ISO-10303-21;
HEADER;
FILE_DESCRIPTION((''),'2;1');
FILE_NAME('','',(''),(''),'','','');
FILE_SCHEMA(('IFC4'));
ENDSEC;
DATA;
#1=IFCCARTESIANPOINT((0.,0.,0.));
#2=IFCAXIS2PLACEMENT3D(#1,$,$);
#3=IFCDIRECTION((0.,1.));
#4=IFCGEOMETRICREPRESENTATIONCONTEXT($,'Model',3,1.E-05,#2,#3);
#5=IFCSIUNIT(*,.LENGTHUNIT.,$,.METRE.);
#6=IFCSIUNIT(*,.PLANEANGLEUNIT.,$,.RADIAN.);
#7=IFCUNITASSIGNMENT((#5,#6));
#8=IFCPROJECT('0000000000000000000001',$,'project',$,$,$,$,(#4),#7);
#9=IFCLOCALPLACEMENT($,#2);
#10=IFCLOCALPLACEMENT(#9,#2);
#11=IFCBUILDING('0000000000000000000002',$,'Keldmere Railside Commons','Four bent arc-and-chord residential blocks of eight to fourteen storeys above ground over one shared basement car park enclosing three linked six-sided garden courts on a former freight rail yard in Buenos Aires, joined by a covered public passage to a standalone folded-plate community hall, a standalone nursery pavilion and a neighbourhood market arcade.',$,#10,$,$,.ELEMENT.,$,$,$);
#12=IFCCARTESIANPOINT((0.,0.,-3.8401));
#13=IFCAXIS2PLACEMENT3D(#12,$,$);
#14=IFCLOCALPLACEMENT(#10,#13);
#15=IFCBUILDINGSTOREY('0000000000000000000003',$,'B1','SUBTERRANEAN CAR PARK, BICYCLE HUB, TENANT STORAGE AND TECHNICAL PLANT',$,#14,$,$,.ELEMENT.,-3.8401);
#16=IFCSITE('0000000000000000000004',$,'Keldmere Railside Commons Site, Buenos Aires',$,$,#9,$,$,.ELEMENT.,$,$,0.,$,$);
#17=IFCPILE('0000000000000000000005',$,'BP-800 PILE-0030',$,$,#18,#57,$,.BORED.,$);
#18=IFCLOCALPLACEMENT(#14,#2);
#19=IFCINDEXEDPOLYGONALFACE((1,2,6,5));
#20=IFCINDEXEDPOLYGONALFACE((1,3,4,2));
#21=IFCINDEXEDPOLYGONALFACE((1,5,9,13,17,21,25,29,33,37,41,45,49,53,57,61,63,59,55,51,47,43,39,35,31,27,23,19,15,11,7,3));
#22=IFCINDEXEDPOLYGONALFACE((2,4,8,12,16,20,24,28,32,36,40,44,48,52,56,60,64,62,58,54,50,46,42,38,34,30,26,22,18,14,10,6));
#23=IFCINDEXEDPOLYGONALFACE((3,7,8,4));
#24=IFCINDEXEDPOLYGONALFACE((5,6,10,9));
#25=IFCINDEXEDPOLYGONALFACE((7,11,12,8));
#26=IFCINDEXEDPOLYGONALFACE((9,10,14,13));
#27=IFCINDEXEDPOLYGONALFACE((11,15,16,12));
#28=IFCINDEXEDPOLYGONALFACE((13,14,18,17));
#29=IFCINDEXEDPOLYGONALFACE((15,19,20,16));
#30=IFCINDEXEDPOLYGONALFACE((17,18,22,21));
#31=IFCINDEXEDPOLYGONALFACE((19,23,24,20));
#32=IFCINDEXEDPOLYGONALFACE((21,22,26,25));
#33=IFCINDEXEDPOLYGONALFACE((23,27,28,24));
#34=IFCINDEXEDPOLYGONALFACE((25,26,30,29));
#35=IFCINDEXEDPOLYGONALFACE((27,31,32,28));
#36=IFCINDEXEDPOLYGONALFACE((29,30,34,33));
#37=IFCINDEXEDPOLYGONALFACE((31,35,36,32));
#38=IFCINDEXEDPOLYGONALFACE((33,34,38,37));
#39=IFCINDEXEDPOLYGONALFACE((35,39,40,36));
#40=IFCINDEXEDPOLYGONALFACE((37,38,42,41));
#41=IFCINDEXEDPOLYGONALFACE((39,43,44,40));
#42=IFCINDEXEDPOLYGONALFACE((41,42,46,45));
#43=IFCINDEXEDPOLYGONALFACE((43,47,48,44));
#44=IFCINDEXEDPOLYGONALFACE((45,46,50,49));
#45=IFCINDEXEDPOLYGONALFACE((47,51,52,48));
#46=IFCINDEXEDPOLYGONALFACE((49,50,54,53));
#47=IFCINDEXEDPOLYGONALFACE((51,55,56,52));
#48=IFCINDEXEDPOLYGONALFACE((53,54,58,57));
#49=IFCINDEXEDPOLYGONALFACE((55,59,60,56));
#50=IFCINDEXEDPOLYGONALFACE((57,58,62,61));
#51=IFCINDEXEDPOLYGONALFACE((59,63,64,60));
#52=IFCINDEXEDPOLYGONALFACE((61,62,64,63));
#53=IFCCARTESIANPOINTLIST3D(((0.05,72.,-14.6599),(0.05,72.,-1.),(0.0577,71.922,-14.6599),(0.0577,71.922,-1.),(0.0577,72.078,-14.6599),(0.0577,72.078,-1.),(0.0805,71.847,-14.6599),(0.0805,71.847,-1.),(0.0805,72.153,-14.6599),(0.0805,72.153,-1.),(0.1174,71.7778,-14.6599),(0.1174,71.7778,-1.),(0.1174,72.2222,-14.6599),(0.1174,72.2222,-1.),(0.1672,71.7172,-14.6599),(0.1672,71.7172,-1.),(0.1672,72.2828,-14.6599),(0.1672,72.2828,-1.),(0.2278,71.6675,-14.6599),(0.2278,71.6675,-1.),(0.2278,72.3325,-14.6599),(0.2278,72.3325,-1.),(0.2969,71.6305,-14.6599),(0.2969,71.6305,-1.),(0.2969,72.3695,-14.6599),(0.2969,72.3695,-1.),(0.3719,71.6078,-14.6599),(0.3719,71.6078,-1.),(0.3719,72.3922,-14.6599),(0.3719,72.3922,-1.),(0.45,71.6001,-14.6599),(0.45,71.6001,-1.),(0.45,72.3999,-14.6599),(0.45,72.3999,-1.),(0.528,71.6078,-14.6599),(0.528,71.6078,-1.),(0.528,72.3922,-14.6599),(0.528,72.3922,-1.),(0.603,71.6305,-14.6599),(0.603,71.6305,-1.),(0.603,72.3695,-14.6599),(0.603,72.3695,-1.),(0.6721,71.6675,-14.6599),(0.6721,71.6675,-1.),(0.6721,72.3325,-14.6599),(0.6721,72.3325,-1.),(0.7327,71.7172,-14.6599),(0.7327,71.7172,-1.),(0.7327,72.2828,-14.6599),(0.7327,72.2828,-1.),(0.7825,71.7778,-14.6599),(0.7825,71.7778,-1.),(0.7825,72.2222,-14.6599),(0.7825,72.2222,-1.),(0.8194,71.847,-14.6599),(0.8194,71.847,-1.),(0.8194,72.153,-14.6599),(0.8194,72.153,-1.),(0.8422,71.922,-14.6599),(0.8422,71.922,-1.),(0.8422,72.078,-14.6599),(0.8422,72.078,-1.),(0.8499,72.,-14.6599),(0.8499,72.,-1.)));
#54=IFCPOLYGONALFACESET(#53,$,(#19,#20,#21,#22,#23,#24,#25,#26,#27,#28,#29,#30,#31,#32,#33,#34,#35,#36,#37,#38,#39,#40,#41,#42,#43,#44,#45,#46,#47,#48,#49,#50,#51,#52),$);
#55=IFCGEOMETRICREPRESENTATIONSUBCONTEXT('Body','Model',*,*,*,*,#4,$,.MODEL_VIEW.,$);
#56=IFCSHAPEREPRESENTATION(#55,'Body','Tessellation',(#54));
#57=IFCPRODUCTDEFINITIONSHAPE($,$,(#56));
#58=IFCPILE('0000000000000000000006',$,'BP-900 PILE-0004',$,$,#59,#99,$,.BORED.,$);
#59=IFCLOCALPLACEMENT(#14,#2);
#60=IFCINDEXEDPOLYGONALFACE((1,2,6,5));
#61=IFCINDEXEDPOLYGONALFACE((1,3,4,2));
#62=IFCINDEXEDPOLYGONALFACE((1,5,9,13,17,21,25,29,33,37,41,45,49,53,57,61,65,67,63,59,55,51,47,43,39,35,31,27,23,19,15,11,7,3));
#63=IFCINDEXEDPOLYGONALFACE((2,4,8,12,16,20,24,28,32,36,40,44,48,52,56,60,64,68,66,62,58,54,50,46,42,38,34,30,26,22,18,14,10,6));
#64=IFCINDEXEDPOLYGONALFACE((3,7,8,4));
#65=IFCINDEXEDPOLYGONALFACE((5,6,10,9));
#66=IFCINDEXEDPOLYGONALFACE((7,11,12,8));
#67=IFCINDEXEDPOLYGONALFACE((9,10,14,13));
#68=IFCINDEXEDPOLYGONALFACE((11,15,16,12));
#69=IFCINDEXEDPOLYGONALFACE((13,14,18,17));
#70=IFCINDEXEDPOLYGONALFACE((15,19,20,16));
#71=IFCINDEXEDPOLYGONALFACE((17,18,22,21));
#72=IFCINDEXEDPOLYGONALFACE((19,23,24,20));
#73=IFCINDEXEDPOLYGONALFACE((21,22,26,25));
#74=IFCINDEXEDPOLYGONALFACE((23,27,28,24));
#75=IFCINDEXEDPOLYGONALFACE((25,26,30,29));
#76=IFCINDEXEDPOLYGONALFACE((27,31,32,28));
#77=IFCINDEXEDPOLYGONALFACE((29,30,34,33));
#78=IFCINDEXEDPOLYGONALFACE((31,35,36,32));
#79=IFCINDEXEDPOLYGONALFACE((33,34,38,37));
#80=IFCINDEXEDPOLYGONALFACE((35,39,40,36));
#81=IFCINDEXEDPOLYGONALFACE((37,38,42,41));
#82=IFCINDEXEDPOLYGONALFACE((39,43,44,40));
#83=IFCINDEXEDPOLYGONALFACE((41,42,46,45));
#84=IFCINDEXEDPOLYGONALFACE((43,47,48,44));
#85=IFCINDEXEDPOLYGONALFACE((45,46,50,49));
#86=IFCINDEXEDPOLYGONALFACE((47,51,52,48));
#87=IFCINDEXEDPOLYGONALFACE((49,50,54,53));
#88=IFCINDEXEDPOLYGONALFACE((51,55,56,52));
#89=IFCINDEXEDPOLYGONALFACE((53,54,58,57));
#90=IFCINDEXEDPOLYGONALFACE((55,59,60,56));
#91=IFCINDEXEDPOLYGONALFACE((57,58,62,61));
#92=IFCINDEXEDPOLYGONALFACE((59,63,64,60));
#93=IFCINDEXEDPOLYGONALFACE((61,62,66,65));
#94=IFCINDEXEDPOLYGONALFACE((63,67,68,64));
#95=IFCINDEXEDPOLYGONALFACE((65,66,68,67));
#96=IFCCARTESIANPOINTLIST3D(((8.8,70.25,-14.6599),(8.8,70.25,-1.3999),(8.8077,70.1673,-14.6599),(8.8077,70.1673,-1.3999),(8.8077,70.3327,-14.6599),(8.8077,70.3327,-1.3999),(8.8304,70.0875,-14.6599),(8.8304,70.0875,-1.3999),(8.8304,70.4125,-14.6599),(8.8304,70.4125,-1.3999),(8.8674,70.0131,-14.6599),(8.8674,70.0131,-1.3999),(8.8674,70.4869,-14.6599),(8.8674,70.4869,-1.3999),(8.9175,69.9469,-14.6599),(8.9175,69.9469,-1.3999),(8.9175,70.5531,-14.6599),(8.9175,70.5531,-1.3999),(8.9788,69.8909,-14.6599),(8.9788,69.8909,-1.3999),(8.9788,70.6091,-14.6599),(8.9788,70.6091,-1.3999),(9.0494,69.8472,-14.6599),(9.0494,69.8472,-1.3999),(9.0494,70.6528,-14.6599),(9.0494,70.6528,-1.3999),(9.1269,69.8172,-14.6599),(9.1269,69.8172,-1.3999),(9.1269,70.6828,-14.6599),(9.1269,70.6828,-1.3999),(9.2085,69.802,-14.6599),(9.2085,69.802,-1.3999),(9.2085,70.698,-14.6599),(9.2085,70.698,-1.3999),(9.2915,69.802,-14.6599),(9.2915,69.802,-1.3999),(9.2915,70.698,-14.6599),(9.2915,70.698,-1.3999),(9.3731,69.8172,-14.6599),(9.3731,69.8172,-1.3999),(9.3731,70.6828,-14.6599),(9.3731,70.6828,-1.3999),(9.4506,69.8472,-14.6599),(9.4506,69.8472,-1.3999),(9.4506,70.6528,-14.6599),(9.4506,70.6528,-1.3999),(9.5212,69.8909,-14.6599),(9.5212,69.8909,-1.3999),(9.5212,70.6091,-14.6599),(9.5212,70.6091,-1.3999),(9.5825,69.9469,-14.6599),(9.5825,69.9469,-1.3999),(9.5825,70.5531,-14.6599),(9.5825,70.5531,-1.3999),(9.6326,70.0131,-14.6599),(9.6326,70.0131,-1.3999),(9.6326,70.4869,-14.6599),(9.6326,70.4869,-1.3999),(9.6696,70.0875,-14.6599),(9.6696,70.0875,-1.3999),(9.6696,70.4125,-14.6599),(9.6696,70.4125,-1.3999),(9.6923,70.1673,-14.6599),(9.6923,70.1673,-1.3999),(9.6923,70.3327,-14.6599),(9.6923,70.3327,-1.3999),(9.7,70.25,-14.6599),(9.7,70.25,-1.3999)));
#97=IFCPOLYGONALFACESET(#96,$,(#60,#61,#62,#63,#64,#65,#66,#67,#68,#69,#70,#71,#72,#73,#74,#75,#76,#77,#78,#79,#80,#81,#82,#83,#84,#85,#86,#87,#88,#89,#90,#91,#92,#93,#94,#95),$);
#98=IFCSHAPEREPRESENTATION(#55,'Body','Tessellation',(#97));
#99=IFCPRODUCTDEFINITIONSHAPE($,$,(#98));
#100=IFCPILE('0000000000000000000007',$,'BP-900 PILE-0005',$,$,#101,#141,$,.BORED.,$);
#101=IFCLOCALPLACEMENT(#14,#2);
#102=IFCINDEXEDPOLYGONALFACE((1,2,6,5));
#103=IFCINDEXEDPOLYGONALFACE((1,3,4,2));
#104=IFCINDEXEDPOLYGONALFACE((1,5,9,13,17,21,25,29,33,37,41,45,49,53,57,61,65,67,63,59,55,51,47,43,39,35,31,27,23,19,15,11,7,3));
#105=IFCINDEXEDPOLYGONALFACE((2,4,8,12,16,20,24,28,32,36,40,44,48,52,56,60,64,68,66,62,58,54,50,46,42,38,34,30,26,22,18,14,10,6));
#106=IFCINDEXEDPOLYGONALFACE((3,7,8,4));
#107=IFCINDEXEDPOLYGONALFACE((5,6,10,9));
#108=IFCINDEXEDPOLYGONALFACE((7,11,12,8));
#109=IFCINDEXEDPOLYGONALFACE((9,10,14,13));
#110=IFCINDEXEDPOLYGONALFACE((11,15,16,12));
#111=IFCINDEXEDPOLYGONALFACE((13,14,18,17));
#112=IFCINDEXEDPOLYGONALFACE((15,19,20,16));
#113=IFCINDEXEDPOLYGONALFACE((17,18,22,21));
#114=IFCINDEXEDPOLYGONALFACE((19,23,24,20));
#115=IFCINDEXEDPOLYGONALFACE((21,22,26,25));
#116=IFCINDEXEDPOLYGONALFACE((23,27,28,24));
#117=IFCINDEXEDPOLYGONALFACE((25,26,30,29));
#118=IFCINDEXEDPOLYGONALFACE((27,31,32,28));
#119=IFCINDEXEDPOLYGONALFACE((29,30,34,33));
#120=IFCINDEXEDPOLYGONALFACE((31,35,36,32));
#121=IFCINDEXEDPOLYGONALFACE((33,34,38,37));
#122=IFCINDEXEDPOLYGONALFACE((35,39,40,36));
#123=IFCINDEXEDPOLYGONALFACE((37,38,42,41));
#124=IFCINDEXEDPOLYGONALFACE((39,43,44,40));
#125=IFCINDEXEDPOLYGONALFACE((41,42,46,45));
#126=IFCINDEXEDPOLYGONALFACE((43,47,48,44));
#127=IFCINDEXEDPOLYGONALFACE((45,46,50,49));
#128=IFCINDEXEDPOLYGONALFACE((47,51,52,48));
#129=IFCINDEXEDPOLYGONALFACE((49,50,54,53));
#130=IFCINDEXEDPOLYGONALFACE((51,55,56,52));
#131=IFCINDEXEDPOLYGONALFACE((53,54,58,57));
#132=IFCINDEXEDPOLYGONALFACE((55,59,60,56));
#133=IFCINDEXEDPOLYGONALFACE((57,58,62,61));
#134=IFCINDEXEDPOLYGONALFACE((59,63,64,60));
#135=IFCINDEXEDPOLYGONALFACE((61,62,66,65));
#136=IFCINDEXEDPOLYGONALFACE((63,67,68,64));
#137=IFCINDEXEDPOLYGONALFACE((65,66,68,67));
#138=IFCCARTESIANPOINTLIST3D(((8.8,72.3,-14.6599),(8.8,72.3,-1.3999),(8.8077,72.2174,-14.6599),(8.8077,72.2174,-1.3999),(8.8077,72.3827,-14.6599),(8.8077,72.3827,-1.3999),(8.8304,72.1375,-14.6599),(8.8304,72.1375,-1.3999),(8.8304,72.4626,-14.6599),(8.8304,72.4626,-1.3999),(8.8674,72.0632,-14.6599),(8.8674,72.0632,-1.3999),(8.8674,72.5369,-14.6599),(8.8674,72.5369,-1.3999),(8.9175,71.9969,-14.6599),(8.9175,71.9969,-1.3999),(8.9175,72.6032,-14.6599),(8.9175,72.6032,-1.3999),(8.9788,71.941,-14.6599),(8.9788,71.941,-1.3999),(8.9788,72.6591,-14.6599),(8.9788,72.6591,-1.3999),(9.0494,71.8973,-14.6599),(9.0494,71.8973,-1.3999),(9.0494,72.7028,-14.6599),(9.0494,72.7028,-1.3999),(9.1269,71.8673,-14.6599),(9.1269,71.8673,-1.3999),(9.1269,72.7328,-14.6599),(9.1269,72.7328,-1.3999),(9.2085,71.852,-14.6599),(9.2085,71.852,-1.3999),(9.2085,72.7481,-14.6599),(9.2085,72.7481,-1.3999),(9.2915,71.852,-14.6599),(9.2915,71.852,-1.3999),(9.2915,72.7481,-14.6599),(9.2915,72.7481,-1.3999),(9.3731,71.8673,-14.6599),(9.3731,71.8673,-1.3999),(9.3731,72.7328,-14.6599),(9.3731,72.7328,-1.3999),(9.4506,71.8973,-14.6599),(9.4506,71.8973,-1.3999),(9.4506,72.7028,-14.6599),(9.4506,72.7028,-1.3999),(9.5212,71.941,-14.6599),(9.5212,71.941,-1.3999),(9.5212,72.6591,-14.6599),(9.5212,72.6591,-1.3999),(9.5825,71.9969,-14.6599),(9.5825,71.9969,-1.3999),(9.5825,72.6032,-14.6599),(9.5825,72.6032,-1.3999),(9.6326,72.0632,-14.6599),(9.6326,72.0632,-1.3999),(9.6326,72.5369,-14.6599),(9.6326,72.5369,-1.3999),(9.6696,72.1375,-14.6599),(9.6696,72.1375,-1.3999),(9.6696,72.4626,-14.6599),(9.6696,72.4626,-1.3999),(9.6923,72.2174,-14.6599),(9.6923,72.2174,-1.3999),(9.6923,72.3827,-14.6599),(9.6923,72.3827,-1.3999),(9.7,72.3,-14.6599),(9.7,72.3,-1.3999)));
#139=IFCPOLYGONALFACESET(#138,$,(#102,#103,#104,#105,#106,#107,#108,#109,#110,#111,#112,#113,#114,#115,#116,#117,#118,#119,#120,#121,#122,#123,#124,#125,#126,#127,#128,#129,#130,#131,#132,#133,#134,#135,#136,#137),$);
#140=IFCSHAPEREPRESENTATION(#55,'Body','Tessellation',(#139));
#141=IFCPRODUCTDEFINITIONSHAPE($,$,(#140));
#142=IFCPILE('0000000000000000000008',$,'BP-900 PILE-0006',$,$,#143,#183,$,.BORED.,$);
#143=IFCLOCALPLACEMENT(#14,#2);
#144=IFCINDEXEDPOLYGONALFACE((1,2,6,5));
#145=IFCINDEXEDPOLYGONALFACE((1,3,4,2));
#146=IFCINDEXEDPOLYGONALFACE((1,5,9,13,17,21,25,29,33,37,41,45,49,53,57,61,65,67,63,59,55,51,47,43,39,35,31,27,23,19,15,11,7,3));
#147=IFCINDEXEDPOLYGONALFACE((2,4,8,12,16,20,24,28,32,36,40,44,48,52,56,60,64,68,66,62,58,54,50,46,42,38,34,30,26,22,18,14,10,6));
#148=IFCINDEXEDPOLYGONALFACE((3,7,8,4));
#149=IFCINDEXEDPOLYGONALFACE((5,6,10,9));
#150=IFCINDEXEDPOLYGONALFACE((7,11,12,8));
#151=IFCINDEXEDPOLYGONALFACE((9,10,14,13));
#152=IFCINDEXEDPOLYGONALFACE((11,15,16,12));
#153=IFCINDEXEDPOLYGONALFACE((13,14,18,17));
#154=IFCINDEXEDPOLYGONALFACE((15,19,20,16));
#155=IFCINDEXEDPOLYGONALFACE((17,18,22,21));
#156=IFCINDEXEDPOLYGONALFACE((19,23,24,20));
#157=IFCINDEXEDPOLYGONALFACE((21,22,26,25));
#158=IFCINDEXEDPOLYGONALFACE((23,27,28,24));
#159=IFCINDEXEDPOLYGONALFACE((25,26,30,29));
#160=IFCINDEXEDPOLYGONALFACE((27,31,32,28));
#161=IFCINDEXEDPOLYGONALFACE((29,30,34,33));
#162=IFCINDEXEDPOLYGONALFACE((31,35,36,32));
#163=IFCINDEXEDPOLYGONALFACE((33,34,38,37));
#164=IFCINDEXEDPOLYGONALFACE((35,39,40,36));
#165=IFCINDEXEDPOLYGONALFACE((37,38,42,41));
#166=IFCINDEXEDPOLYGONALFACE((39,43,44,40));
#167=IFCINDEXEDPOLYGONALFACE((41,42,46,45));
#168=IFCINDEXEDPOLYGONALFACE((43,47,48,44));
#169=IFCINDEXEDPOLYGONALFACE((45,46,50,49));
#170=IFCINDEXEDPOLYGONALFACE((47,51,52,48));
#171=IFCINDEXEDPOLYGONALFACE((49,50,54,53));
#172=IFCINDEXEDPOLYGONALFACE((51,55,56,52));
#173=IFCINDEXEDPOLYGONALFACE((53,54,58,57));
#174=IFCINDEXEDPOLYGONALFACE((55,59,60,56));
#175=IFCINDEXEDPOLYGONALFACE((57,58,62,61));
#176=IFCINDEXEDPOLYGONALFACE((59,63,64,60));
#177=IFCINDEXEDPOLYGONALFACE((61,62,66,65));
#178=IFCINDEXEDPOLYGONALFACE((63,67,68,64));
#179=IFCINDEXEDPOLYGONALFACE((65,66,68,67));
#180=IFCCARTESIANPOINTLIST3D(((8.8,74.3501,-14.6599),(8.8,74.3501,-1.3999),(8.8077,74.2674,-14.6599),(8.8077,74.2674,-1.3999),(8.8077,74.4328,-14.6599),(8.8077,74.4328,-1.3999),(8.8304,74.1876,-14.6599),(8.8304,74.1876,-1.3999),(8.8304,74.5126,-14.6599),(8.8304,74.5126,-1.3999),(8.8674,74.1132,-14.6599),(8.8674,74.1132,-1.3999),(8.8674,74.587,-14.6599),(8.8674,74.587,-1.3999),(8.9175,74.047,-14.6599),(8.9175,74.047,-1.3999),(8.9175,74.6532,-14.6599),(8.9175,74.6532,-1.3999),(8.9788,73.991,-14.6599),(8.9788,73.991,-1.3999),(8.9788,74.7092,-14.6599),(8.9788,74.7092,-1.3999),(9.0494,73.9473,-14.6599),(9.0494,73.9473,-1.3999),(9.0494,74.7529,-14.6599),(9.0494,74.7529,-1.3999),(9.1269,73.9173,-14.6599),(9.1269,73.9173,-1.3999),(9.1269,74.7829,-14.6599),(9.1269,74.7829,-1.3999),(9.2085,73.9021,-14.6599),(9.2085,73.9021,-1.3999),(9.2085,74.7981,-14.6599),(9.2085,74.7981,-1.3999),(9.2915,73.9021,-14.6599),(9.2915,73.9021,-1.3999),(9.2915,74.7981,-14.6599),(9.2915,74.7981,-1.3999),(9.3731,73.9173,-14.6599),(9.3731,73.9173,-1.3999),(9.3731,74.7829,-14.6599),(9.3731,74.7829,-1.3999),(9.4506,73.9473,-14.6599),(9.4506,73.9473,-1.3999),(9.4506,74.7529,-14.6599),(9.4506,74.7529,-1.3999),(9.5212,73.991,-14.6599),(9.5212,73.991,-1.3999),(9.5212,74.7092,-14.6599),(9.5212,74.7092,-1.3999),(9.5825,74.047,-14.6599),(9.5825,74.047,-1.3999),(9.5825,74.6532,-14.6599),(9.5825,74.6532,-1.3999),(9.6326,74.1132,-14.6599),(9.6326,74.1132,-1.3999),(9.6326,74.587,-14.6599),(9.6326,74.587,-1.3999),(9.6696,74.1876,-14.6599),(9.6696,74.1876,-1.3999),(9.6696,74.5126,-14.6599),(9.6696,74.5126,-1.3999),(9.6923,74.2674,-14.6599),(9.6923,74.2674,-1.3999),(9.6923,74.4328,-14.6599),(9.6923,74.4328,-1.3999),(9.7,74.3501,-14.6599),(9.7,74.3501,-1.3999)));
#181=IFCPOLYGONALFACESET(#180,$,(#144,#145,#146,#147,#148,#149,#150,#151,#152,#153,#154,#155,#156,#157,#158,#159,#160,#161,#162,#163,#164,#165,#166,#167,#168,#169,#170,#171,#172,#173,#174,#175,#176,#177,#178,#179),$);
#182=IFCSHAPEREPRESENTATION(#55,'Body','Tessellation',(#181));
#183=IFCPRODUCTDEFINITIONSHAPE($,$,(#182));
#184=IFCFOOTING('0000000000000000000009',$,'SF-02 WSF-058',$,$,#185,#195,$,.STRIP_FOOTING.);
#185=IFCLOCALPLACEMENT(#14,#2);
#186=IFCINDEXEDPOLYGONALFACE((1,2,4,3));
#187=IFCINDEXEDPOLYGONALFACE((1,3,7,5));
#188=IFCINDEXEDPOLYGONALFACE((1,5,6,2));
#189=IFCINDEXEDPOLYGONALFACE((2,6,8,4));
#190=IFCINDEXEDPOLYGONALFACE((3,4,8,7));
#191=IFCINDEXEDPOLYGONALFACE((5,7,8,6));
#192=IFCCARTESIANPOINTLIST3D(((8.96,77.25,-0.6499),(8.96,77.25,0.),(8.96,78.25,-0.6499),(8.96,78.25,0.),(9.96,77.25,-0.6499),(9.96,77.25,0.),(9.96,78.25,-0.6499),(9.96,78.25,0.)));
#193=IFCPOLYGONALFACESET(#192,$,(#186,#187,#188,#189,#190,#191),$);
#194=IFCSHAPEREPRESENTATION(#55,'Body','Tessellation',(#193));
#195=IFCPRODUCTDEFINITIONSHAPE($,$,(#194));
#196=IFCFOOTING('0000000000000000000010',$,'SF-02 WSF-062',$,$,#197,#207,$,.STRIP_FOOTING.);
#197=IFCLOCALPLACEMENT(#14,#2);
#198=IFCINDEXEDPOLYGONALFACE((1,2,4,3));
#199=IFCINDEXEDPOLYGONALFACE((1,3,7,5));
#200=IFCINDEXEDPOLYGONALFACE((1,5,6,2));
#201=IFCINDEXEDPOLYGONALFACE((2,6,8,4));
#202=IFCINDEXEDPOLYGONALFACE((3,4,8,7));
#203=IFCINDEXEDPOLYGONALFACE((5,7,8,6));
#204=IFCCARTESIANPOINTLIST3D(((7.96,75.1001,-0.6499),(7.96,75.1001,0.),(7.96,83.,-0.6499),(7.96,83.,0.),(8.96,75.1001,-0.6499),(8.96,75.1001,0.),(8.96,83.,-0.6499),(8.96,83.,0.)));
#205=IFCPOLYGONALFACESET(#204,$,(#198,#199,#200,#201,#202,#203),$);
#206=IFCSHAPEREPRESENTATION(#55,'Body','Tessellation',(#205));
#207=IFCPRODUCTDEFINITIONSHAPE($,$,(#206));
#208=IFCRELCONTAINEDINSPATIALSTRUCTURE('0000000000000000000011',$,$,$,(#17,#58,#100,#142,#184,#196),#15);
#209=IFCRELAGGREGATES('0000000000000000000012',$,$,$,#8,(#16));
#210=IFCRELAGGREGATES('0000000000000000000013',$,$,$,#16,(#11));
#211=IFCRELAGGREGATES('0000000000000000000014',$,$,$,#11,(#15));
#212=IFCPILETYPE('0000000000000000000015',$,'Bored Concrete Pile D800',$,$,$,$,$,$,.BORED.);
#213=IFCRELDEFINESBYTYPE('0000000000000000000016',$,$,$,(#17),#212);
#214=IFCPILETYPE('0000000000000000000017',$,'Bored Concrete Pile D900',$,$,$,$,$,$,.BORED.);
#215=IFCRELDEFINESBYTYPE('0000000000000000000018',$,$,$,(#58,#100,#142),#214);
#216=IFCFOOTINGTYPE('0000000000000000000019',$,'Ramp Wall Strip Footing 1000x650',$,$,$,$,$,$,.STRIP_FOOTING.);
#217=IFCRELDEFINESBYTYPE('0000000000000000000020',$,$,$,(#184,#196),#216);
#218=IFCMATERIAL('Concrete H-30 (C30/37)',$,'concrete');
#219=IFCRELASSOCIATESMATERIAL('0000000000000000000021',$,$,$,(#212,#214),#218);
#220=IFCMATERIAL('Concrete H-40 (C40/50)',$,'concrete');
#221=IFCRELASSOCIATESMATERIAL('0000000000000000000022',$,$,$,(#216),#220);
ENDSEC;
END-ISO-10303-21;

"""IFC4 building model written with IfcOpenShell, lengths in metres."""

from ifc_helpers import new_model, si_unit, direction, frame, origin, origin_2d, place, context, subcontext, project, spatial, rectangle, circle, extrude, material, material_profile, profile_set, type_object, element, save


model = new_model("IFC4")

# Units and contexts
model_context = context("Model", 3, precision=1e-05, world=origin(), true_north=direction((0.0, 1.0)))
body_context = subcontext(model_context, "Body", "Model", "MODEL_VIEW")
ifc_project = project(units=[si_unit("LENGTHUNIT", "METRE"), si_unit("PLANEANGLEUNIT", "RADIAN")], contexts=[model_context])

# Site, building, storey
site_placement = place(None, origin())
site = spatial("IfcSite", under=ifc_project, at=site_placement, Name="Keldmere Railside Commons Site, Buenos Aires", CompositionType="ELEMENT", RefElevation=0.0)
building_placement = place(site_placement, origin())
building = spatial("IfcBuilding", under=site, at=building_placement, Name="Keldmere Railside Commons", Description="Four bent arc-and-chord residential blocks of eight to fourteen storeys above ground over one shared basement car park enclosing three linked six-sided garden courts on a former freight rail yard in Buenos Aires, joined by a covered public passage to a standalone folded-plate community hall, a standalone nursery pavilion and a neighbourhood market arcade.", CompositionType="ELEMENT")
storey_placement = place(building_placement, frame((0.0, 0.0, -3.8401)))
storey = spatial("IfcBuildingStorey", under=building, at=storey_placement, Name="B1", Description="SUBTERRANEAN CAR PARK, BICYCLE HUB, TENANT STORAGE AND TECHNICAL PLANT", CompositionType="ELEMENT", Elevation=-3.8401)

# Piles
ifc_material_1 = material(Name="Concrete H-30 (C30/37)", Category="concrete")
ifc_material_profile_1 = material_profile(ifc_material_1, circle(Radius=0.3999, at=origin_2d()), Name="PILE-D800")
ifc_profile_set_1 = profile_set([ifc_material_profile_1], Name="Concrete H-30 (C30/37)")
pile_type_1 = type_object("IfcPileType", Name="Bored Concrete Pile D800", PredefinedType="BORED", material=ifc_profile_set_1)
pile_placement = place(storey_placement, frame((0.45, 72.0, -1.0), z_axis=(0.0, 0.0, -1.0), x_axis=(1.0, 0.0, 0.0)))
element("IfcPile", 1, at=pile_placement, inside=storey, type_object=pile_type_1, Name="BP-800 PILE-0030", PredefinedType="BORED", context=body_context, shape_type="SweptSolid", body=[
    extrude(circle(Radius=0.3999, at=origin_2d()), origin(), (0.0, 0.0, 1.0), 13.6599),
])
ifc_material_profile_2 = material_profile(ifc_material_1, circle(Radius=0.45, at=origin_2d()), Name="PILE-D900")
ifc_profile_set_2 = profile_set([ifc_material_profile_2], Name="Concrete H-30 (C30/37)")
pile_type_2 = type_object("IfcPileType", Name="Bored Concrete Pile D900", PredefinedType="BORED", material=ifc_profile_set_2)
for number, where, z_axis, x_axis, name in (
    (2, (9.25, 70.25, -1.3999), (0.0, 0.0, -1.0), (1.0, 0.0, 0.0), "BP-900 PILE-0004"),
    (3, (9.25, 72.3, -1.3999), (0.0, 0.0, -1.0), (1.0, 0.0, 0.0), "BP-900 PILE-0005"),
    (4, (9.25, 74.3501, -1.3999), (0.0, 0.0, -1.0), (1.0, 0.0, 0.0), "BP-900 PILE-0006"),
):
    element("IfcPile", number, at=place(storey_placement, frame(where, z_axis=z_axis, x_axis=x_axis)), inside=storey, type_object=pile_type_2, Name=name, PredefinedType="BORED", context=body_context, shape_type="SweptSolid", body=[
        extrude(circle(Radius=0.45, at=origin_2d()), origin(), (0.0, 0.0, 1.0), 13.26),
    ])

# Footings
ifc_material_2 = material(Name="Concrete H-40 (C40/50)", Category="concrete")
footing_type_1 = type_object("IfcFootingType", Name="Ramp Wall Strip Footing 1000x650", PredefinedType="STRIP_FOOTING", material=ifc_material_2)
footing_1_placement = place(storey_placement, frame((9.46, 77.75, -0.6499), z_axis=(0.0, 0.0, 1.0), x_axis=(1.0, 0.0, 0.0)))
element("IfcFooting", 5, at=footing_1_placement, inside=storey, type_object=footing_type_1, Name="SF-02 WSF-058", PredefinedType="STRIP_FOOTING", context=body_context, shape_type="SweptSolid", body=[
    extrude(rectangle(XDim=1.0, YDim=1.0, at=origin_2d()), origin(), (0.0, 0.0, 1.0), 0.6499),
])
footing_2_placement = place(storey_placement, frame((8.46, 79.05, -0.6499), z_axis=(0.0, 0.0, 1.0), x_axis=(0.0, 1.0, 0.0)))
element("IfcFooting", 6, at=footing_2_placement, inside=storey, type_object=footing_type_1, Name="SF-02 WSF-062", PredefinedType="STRIP_FOOTING", context=body_context, shape_type="SweptSolid", body=[
    extrude(rectangle(XDim=7.8999, YDim=1.0, at=origin_2d()), origin(), (0.0, 0.0, 1.0), 0.6499),
])

save(model, "model.ifc")
